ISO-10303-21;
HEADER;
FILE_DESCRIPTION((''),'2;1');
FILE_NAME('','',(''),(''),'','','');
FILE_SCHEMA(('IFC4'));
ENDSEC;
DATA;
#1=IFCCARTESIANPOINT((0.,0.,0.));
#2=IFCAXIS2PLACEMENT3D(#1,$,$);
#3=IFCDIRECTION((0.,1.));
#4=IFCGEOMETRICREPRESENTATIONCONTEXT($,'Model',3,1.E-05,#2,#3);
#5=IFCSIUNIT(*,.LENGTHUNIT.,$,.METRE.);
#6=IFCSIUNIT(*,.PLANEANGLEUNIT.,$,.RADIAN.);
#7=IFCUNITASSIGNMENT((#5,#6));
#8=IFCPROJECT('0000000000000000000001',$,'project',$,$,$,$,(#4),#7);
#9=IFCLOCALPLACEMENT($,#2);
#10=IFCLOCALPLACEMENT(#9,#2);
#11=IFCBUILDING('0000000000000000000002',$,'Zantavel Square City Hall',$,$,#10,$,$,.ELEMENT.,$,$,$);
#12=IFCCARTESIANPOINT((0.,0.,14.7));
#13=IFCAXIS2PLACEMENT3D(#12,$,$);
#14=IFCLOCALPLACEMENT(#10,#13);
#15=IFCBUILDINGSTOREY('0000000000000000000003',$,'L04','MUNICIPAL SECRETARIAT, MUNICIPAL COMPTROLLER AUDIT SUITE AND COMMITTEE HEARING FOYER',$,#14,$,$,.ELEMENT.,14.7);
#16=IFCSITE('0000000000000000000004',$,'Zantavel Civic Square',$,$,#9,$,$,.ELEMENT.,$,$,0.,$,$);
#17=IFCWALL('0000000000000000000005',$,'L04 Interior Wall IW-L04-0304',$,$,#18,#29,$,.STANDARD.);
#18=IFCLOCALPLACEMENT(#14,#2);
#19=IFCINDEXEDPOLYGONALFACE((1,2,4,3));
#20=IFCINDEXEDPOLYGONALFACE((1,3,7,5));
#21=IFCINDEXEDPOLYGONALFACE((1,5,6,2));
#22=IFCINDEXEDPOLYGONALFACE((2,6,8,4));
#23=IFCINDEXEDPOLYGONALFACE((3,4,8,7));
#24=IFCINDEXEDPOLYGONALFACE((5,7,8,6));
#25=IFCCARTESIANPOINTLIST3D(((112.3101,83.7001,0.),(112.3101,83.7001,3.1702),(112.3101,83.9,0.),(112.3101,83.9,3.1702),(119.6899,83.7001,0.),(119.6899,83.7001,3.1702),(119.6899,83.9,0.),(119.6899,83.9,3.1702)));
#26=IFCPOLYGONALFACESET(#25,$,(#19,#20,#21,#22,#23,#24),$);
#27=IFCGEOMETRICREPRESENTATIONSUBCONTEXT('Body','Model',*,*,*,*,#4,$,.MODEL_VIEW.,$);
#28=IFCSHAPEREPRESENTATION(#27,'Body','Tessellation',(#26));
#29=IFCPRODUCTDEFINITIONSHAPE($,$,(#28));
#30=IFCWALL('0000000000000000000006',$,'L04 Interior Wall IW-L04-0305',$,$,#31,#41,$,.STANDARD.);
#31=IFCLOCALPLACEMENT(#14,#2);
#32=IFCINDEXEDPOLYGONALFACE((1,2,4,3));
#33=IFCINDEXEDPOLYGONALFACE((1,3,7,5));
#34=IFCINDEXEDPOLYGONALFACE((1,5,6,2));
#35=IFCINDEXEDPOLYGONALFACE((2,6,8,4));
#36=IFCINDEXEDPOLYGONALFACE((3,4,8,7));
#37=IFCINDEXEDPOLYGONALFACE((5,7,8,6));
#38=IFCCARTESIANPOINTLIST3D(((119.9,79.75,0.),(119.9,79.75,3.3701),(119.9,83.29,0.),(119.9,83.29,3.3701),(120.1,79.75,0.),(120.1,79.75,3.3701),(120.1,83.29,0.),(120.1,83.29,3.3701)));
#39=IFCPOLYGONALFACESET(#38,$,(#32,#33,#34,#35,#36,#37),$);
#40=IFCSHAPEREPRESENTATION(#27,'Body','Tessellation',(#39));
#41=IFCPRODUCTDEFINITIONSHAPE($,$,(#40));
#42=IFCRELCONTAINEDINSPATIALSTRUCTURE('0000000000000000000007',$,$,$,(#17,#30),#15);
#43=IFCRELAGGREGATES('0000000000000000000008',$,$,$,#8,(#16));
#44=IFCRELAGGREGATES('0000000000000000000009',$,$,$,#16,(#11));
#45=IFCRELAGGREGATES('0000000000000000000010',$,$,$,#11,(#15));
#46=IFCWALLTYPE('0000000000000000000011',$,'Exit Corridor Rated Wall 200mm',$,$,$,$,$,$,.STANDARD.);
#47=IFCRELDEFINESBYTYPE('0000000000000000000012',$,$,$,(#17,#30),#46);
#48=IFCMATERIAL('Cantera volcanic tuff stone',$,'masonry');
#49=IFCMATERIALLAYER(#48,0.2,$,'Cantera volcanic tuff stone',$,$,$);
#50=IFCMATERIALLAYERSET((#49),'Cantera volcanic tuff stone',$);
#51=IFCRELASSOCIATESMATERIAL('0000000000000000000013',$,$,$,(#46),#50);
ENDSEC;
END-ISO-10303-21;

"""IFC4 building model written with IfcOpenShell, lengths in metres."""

from ifc_helpers import new_model, si_unit, direction, frame, frame_2d, origin, place, context, subcontext, project, spatial, rectangle, extrude, material, layer, layer_set, type_object, element, save


model = new_model("IFC4")

# Units and contexts
model_context = context("Model", 3, precision=1e-05, world=origin(), true_north=direction((0.0, 1.0)))
body_context = subcontext(model_context, "Body", "Model", "MODEL_VIEW")
ifc_project = project(units=[si_unit("LENGTHUNIT", "METRE"), si_unit("PLANEANGLEUNIT", "RADIAN")], contexts=[model_context])

# Site, building, storey
site_placement = place(None, origin())
site = spatial("IfcSite", under=ifc_project, at=site_placement, Name="Zantavel Civic Square", CompositionType="ELEMENT", RefElevation=0.0)
building_placement = place(site_placement, origin())
building = spatial("IfcBuilding", under=site, at=building_placement, Name="Zantavel Square City Hall", CompositionType="ELEMENT")
storey_placement = place(building_placement, frame((0.0, 0.0, 14.7)))
storey = spatial("IfcBuildingStorey", under=building, at=storey_placement, Name="L04", Description="MUNICIPAL SECRETARIAT, MUNICIPAL COMPTROLLER AUDIT SUITE AND COMMITTEE HEARING FOYER", CompositionType="ELEMENT", Elevation=14.7)

# Walls
ifc_material_1 = material(Name="Cantera volcanic tuff stone", Category="masonry")
ifc_layer_1 = layer(ifc_material_1, 0.2, Name="Cantera volcanic tuff stone")
ifc_layer_set_1 = layer_set([ifc_layer_1], Name="Cantera volcanic tuff stone")
wall_type_1 = type_object("IfcWallType", Name="Exit Corridor Rated Wall 200mm", PredefinedType="STANDARD", material=ifc_layer_set_1)
wall_1_placement = place(storey_placement, frame((112.3101, 83.8, 0.0), z_axis=(0.0, 0.0, 1.0), x_axis=(1.0, 0.0, 0.0)))
element("IfcWall", 1, at=wall_1_placement, inside=storey, type_object=wall_type_1, Name="L04 Interior Wall IW-L04-0304", PredefinedType="STANDARD", context=body_context, shape_type="SweptSolid", body=[
    extrude(rectangle(XDim=7.3799, YDim=0.2, at=frame_2d((3.6899, 0.0))), origin(), (0.0, 0.0, 1.0), 3.1702),
])
wall_2_placement = place(storey_placement, frame((120.0, 83.29, 0.0), z_axis=(0.0, 0.0, 1.0), x_axis=(0.0, -1.0, 0.0)))
element("IfcWall", 2, at=wall_2_placement, inside=storey, type_object=wall_type_1, Name="L04 Interior Wall IW-L04-0305", PredefinedType="STANDARD", context=body_context, shape_type="SweptSolid", body=[
    extrude(rectangle(XDim=3.54, YDim=0.2, at=frame_2d((1.77, 0.0))), origin(), (0.0, 0.0, 1.0), 3.3701),
])

save(model, "model.ifc")
